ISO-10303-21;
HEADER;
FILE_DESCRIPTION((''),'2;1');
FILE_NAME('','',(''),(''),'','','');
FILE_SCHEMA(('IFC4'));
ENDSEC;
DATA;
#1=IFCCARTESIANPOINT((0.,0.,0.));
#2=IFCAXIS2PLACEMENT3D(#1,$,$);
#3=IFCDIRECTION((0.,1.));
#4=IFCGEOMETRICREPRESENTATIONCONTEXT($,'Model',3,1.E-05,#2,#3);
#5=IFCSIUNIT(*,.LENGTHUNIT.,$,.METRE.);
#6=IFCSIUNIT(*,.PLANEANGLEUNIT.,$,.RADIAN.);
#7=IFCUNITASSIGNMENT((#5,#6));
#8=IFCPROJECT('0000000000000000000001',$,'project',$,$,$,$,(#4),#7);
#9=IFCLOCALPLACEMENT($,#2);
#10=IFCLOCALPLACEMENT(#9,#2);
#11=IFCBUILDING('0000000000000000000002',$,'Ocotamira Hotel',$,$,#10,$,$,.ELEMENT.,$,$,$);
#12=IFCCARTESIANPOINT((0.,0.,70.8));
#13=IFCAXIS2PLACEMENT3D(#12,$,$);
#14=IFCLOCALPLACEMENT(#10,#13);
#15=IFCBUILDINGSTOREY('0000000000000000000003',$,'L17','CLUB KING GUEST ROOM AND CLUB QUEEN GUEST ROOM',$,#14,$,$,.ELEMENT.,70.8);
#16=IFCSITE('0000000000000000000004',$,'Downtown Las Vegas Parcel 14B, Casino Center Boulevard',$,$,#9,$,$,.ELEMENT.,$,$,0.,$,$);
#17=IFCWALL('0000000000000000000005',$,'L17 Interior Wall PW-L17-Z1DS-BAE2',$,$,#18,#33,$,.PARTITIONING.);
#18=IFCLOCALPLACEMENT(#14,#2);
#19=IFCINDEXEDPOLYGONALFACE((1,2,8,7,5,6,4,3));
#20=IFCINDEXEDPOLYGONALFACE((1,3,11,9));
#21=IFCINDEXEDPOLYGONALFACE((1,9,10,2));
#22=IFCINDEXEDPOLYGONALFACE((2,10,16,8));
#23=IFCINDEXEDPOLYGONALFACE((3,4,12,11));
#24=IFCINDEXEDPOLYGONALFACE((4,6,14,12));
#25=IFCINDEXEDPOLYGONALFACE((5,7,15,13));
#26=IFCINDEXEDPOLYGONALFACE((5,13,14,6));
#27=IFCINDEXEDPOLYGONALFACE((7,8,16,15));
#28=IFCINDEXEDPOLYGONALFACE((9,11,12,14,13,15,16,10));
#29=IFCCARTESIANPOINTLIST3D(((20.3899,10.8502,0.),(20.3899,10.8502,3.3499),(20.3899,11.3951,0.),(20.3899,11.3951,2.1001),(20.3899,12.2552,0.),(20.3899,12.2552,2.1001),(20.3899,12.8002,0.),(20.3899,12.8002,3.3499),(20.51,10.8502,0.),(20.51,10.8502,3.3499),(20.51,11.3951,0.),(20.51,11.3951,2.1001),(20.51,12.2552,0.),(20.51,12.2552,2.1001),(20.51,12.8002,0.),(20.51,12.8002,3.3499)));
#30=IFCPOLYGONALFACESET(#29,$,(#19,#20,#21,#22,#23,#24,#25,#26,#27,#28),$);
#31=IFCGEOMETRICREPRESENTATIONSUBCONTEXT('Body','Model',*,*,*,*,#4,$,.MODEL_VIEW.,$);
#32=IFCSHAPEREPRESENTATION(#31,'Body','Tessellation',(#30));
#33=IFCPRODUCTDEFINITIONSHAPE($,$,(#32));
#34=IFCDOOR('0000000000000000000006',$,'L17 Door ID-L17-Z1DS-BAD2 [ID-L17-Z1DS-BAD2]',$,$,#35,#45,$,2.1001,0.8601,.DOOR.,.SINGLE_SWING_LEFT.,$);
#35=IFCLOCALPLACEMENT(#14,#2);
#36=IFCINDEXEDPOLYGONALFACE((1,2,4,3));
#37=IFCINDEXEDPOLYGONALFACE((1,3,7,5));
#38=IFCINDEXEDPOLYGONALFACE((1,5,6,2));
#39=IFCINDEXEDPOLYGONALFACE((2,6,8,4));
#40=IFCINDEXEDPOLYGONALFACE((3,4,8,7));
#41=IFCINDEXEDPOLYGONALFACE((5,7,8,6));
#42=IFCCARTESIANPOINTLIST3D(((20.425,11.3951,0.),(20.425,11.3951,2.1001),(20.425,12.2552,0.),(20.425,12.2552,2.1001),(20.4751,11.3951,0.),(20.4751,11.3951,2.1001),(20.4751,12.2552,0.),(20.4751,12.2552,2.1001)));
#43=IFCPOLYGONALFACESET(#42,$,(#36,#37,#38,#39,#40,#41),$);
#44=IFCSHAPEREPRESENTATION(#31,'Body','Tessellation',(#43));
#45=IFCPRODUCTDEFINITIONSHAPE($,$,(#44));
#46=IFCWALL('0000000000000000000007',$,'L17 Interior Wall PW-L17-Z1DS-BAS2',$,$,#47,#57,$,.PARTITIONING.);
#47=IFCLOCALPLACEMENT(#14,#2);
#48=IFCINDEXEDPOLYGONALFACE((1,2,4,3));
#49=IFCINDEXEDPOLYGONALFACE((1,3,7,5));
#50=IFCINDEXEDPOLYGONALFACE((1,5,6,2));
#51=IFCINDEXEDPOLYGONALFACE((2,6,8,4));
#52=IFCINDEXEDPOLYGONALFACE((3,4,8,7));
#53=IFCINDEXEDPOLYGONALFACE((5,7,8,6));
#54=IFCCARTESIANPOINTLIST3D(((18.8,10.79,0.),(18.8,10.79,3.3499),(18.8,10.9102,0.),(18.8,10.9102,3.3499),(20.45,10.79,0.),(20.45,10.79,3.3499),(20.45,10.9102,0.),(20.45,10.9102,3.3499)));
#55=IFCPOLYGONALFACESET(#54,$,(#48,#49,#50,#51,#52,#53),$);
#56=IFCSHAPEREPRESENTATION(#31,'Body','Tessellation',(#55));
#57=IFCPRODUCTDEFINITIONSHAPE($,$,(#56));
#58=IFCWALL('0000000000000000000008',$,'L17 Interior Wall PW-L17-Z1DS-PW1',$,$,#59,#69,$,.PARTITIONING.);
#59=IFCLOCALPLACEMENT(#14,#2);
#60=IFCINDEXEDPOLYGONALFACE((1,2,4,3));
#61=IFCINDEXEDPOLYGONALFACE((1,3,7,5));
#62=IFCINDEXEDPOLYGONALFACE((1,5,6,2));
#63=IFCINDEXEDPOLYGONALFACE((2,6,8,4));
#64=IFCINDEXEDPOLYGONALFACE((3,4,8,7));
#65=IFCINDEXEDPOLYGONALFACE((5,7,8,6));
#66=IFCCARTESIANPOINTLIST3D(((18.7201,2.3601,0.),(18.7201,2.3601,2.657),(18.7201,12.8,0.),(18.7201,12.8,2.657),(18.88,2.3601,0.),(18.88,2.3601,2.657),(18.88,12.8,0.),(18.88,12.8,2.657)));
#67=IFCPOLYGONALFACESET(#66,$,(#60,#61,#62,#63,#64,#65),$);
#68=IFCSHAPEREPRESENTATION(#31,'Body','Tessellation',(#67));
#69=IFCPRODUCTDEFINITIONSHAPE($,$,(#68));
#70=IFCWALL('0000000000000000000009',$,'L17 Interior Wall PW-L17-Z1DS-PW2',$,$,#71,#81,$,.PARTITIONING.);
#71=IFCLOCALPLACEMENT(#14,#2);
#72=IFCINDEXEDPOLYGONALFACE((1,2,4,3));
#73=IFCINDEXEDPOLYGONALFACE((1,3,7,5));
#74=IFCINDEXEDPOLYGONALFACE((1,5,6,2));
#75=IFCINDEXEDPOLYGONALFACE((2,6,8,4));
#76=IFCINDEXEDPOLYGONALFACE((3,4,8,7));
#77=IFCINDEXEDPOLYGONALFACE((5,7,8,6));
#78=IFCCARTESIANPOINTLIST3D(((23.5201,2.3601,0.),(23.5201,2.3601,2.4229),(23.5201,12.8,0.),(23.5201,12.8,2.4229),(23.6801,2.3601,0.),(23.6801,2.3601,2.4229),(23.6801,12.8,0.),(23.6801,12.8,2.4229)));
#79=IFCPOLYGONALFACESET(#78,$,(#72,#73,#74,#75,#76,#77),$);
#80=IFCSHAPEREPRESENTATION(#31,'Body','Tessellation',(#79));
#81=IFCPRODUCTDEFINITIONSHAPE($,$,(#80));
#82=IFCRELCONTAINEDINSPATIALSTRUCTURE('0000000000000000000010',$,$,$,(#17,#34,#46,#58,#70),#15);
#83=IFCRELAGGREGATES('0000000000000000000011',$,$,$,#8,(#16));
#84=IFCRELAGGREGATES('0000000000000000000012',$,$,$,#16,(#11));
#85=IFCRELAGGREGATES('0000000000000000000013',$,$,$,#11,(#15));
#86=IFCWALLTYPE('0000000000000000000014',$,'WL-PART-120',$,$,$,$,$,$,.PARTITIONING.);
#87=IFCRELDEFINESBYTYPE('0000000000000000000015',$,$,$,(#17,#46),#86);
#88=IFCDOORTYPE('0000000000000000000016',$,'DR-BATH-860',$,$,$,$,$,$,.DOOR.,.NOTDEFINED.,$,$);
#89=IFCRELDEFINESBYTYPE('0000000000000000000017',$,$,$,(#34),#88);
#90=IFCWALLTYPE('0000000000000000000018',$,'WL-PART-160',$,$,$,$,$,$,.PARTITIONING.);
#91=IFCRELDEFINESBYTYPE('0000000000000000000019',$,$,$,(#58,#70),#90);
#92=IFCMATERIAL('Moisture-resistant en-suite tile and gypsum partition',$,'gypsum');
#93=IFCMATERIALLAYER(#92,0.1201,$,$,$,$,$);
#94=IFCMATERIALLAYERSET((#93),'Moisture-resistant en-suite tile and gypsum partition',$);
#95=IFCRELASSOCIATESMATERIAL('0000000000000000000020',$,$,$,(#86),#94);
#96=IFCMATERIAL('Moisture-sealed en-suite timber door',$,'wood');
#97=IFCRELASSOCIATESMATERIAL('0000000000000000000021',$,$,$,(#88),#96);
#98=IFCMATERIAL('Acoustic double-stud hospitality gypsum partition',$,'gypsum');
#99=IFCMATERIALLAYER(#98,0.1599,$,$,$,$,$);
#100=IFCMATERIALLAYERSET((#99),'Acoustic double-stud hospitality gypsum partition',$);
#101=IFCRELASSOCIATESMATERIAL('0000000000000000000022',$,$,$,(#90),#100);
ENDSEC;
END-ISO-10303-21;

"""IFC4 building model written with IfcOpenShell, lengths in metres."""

from ifc_helpers import new_model, si_unit, direction, frame, frame_2d, origin, place, context, subcontext, project, spatial, rectangle, extrude, source, transform, mapped, material, layer, layer_set, type_object, element, fill, save


model = new_model("IFC4")

# Units and contexts
model_context = context("Model", 3, precision=1e-05, world=origin(), true_north=direction((0.0, 1.0)))
body_context = subcontext(model_context, "Body", "Model", "MODEL_VIEW")
ifc_project = project(units=[si_unit("LENGTHUNIT", "METRE"), si_unit("PLANEANGLEUNIT", "RADIAN")], contexts=[model_context])

# Site, building, storey
site_placement = place(None, origin())
site = spatial("IfcSite", under=ifc_project, at=site_placement, Name="Downtown Las Vegas Parcel 14B, Casino Center Boulevard", CompositionType="ELEMENT", RefElevation=0.0)
building_placement = place(site_placement, origin())
building = spatial("IfcBuilding", under=site, at=building_placement, Name="Ocotamira Hotel", CompositionType="ELEMENT")
storey_placement = place(building_placement, frame((0.0, 0.0, 70.8)))
storey = spatial("IfcBuildingStorey", under=building, at=storey_placement, Name="L17", Description="CLUB KING GUEST ROOM AND CLUB QUEEN GUEST ROOM", CompositionType="ELEMENT", Elevation=70.8)

# Wall, opening, door
ifc_material_1 = material(Name="Moisture-resistant en-suite tile and gypsum partition", Category="gypsum")
ifc_layer_1 = layer(ifc_material_1, 0.1201)
ifc_layer_set_1 = layer_set([ifc_layer_1], Name="Moisture-resistant en-suite tile and gypsum partition")
wall_type_1 = type_object("IfcWallType", Name="WL-PART-120", PredefinedType="PARTITIONING", material=ifc_layer_set_1)
wall_1_placement = place(storey_placement, frame((20.45, 10.8501, 0.0), z_axis=(0.0, 0.0, 1.0), x_axis=(0.0, 1.0, 0.0)))
wall_1 = element("IfcWall", 1, at=wall_1_placement, inside=storey, type_object=wall_type_1, Name="L17 Interior Wall PW-L17-Z1DS-BAE2", PredefinedType="PARTITIONING", context=body_context, shape_type="SweptSolid", body=[
    extrude(rectangle(XDim=1.95, YDim=0.1201, at=frame_2d((0.9751, 0.0))), origin(), (0.0, 0.0, 1.0), 3.3499),
])
opening_1_placement = place(wall_1_placement, frame((0.5449, 0.0, 0.0)))
opening_1 = element("IfcOpeningElement", 2, at=opening_1_placement, cuts=wall_1, PredefinedType="OPENING", context=body_context, shape_type="SweptSolid", body=[
    extrude(rectangle(XDim=0.8601, YDim=2.1001, at=frame_2d((0.4302, 1.05))), frame((0.0, 0.0701, 0.0), z_axis=(0.0, -1.0, 0.0), x_axis=(1.0, 0.0, 0.0)), (0.0, 0.0, 1.0), 0.1401),
])
ifc_material_2 = material(Name="Moisture-sealed en-suite timber door", Category="wood")
door_type_1 = type_object("IfcDoorType", Name="DR-BATH-860", OperationType="NOTDEFINED", PredefinedType="DOOR", material=ifc_material_2)
shared_shape_1 = source(origin(), body_context, "Body", "SweptSolid", [
    extrude(rectangle(XDim=0.8601, YDim=2.1001, at=frame_2d((0.4302, 1.05))), frame((0.0, 0.0249, 0.0), z_axis=(0.0, -1.0, 0.0), x_axis=(1.0, 0.0, 0.0)), (0.0, 0.0, 1.0), 0.05),
])
door_1_placement = place(opening_1_placement, origin())
door_1 = element("IfcDoor", 3, at=door_1_placement, inside=storey, type_object=door_type_1, Name="L17 Door ID-L17-Z1DS-BAD2 [ID-L17-Z1DS-BAD2]", OperationType="SINGLE_SWING_LEFT", OverallHeight=2.1001, OverallWidth=0.8601, PredefinedType="DOOR", context=body_context, shape_type="MappedRepresentation", body=[
    mapped(shared_shape_1, transform((0.0, 0.0, 0.0), scale=1.0)),
])
fill(opening_1, door_1)

# Walls
wall_2_placement = place(storey_placement, frame((18.8, 10.8501, 0.0), z_axis=(0.0, 0.0, 1.0), x_axis=(1.0, 0.0, 0.0)))
element("IfcWall", 4, at=wall_2_placement, inside=storey, type_object=wall_type_1, Name="L17 Interior Wall PW-L17-Z1DS-BAS2", PredefinedType="PARTITIONING", context=body_context, shape_type="SweptSolid", body=[
    extrude(rectangle(XDim=1.6499, YDim=0.1201, at=frame_2d((0.825, 0.0))), origin(), (0.0, 0.0, 1.0), 3.3499),
])
ifc_material_3 = material(Name="Acoustic double-stud hospitality gypsum partition", Category="gypsum")
ifc_layer_2 = layer(ifc_material_3, 0.1599)
ifc_layer_set_2 = layer_set([ifc_layer_2], Name="Acoustic double-stud hospitality gypsum partition")
wall_type_2 = type_object("IfcWallType", Name="WL-PART-160", PredefinedType="PARTITIONING", material=ifc_layer_set_2)
wall_3_placement = place(storey_placement, frame((18.8, 2.3601, 0.0), z_axis=(0.0, 0.0, 1.0), x_axis=(0.0, 1.0, 0.0)))
element("IfcWall", 5, at=wall_3_placement, inside=storey, type_object=wall_type_2, Name="L17 Interior Wall PW-L17-Z1DS-PW1", PredefinedType="PARTITIONING", context=body_context, shape_type="SweptSolid", body=[
    extrude(rectangle(XDim=10.4399, YDim=0.1599, at=frame_2d((5.22, 0.0))), origin(), (0.0, 0.0, 1.0), 2.657),
])
wall_4_placement = place(storey_placement, frame((23.6001, 2.3601, 0.0), z_axis=(0.0, 0.0, 1.0), x_axis=(0.0, 1.0, 0.0)))
element("IfcWall", 6, at=wall_4_placement, inside=storey, type_object=wall_type_2, Name="L17 Interior Wall PW-L17-Z1DS-PW2", PredefinedType="PARTITIONING", context=body_context, shape_type="SweptSolid", body=[
    extrude(rectangle(XDim=10.4399, YDim=0.1599, at=frame_2d((5.22, 0.0))), origin(), (0.0, 0.0, 1.0), 2.4229),
])

save(model, "model.ifc")
